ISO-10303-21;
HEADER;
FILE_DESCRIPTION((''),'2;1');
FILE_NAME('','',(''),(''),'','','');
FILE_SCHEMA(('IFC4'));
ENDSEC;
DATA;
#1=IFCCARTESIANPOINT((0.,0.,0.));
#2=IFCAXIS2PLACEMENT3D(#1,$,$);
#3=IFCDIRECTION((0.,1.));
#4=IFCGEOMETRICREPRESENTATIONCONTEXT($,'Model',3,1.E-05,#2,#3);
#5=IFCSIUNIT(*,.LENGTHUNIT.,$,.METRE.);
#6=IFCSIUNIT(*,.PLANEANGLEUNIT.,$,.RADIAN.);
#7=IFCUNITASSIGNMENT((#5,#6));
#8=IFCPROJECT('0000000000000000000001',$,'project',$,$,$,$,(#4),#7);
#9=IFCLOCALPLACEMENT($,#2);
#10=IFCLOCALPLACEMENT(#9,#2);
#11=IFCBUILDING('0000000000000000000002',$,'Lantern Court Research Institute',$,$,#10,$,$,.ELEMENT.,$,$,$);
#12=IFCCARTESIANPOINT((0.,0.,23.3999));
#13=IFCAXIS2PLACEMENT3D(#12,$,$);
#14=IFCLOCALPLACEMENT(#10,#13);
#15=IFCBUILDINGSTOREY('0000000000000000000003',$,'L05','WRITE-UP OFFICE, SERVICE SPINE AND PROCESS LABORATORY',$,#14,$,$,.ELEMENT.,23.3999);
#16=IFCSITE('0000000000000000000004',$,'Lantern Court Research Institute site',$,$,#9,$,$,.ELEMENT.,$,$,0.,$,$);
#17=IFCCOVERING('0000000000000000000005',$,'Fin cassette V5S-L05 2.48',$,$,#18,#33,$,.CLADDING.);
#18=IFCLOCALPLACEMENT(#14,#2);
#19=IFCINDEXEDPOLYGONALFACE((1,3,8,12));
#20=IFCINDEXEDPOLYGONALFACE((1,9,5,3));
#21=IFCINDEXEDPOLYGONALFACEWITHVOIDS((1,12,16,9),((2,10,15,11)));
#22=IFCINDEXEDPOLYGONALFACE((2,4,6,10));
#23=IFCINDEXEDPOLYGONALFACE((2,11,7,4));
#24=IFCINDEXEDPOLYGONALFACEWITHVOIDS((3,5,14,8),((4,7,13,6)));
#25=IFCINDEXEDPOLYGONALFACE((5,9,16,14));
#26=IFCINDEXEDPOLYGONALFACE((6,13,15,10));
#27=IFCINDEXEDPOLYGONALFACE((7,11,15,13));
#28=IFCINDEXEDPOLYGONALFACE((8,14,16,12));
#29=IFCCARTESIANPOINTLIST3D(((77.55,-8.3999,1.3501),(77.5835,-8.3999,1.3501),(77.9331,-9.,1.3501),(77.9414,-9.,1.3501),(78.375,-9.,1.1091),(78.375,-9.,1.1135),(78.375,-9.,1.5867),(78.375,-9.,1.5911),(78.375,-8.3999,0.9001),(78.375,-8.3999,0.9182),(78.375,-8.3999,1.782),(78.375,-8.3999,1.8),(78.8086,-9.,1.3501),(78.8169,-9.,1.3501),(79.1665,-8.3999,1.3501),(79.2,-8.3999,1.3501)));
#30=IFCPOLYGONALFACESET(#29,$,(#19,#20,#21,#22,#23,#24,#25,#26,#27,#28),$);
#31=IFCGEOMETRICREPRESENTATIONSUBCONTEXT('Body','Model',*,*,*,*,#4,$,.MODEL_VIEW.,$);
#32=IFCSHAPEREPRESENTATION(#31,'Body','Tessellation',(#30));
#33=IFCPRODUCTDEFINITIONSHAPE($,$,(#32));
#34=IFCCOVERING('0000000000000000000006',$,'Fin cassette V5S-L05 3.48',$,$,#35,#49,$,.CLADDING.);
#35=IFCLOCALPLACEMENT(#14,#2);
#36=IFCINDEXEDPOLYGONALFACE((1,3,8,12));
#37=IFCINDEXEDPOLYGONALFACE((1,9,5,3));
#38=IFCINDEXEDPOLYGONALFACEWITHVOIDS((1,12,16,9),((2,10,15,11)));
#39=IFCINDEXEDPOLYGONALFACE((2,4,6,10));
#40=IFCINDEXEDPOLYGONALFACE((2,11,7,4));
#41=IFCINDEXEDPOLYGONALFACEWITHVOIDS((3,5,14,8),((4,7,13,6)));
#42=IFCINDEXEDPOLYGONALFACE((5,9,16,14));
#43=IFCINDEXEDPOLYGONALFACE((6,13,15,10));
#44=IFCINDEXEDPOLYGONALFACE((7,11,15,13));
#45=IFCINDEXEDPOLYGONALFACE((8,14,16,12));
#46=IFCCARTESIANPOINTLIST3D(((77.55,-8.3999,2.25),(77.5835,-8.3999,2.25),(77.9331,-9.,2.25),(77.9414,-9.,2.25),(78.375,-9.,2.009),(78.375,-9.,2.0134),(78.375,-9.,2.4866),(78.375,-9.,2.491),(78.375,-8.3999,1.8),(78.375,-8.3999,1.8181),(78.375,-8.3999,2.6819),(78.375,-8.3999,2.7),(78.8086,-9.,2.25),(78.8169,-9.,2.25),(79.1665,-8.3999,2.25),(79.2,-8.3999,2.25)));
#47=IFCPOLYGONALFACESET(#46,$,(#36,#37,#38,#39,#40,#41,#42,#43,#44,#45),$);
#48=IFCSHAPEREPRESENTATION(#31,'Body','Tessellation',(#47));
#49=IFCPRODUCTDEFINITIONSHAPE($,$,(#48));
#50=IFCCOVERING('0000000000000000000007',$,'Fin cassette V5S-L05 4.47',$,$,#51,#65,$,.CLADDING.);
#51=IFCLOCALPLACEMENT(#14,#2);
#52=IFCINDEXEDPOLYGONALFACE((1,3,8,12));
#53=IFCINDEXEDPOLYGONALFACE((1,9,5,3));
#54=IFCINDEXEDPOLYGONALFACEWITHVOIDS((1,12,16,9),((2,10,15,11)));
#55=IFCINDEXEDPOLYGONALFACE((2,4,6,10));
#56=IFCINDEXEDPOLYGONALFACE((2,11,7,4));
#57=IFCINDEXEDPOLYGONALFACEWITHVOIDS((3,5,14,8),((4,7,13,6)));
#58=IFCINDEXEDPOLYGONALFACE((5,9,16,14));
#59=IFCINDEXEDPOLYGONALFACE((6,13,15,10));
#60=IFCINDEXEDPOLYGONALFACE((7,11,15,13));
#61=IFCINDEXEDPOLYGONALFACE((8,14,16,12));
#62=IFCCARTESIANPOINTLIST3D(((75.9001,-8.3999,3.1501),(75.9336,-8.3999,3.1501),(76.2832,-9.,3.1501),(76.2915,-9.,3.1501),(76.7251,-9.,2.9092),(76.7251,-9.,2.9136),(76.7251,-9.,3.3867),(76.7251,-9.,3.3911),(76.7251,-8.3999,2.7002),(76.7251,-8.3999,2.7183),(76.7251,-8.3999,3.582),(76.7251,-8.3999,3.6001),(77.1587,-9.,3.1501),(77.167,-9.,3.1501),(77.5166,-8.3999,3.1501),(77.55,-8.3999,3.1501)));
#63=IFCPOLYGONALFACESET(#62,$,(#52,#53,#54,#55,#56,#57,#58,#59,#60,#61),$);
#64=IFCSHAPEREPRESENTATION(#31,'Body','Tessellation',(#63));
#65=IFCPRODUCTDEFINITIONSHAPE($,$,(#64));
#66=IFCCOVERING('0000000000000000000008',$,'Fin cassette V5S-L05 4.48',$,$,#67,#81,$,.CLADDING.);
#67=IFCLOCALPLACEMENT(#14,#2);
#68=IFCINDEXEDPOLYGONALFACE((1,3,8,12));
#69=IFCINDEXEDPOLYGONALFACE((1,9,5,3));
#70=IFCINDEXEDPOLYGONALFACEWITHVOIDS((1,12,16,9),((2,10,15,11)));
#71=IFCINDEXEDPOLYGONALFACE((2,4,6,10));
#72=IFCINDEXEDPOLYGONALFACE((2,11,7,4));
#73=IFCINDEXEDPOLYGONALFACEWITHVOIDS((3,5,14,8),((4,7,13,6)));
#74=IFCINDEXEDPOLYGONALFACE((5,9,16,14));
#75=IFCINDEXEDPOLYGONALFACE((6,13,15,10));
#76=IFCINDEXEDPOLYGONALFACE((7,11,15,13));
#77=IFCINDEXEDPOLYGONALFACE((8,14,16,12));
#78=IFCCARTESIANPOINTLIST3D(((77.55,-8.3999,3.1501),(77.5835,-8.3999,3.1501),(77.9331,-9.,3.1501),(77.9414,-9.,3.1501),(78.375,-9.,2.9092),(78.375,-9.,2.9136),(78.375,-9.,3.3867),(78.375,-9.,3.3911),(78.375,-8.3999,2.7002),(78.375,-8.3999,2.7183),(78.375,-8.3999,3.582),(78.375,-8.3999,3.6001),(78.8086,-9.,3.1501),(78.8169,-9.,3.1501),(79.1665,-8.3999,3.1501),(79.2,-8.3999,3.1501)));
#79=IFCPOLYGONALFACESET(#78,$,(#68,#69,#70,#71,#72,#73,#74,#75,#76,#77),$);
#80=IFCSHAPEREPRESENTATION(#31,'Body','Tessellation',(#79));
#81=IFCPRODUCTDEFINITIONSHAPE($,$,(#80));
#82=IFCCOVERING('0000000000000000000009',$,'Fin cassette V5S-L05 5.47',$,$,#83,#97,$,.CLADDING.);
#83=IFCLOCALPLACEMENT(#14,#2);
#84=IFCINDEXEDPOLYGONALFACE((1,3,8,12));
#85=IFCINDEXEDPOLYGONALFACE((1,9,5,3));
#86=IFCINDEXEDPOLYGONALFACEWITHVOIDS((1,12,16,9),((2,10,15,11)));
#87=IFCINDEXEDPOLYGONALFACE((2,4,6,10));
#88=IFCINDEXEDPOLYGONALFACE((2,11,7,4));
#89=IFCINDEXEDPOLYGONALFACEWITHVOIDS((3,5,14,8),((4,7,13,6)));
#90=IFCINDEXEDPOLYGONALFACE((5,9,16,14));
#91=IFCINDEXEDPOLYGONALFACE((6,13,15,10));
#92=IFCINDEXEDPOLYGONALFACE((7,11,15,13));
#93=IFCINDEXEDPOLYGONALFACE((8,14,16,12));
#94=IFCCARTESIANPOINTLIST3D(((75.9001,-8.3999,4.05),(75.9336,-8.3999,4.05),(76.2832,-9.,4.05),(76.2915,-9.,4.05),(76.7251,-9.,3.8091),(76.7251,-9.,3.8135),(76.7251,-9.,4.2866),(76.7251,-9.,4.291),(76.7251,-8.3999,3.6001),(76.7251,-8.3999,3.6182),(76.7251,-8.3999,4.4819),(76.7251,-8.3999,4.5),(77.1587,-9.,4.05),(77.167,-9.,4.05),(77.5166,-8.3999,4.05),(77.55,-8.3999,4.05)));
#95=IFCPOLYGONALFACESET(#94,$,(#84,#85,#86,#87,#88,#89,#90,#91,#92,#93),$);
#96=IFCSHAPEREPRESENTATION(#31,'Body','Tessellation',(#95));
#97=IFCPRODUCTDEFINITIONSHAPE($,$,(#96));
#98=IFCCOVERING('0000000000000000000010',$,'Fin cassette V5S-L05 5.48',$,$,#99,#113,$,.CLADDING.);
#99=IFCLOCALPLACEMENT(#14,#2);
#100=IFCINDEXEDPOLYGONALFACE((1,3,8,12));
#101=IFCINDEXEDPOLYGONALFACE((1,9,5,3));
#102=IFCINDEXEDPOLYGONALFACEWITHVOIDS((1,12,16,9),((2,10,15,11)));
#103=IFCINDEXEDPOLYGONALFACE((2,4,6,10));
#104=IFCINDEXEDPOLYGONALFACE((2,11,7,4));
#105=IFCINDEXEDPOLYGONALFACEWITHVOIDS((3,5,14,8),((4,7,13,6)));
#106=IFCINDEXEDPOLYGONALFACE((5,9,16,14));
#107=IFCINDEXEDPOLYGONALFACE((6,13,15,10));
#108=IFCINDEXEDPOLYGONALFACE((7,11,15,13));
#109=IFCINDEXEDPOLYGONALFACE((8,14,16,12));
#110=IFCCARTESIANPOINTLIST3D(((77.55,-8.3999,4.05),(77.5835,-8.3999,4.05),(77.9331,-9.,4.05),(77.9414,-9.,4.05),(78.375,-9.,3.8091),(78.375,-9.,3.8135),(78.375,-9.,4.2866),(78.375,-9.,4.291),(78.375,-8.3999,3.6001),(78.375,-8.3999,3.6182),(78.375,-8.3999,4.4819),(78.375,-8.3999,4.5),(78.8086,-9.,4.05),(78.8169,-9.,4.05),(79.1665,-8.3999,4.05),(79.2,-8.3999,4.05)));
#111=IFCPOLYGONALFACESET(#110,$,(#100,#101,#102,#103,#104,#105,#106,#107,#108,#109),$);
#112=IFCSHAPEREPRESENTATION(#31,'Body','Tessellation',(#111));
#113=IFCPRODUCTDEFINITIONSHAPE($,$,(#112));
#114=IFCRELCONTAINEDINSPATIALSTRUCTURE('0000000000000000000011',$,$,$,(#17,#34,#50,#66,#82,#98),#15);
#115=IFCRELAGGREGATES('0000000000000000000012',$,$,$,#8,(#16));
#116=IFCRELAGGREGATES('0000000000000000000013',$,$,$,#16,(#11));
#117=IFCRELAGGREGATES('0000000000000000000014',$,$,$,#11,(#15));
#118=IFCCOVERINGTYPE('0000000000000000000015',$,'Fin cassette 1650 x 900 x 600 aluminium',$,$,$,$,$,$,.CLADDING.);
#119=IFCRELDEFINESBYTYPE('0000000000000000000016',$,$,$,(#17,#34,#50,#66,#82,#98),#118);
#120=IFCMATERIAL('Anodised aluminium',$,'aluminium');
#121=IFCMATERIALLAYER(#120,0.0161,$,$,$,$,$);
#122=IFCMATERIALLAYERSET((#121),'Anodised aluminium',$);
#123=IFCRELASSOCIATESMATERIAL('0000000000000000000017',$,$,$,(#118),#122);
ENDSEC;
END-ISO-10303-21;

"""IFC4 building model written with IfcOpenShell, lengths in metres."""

from ifc_helpers import new_model, entity, si_unit, direction, frame, origin, place, context, subcontext, project, spatial, material, layer, layer_set, type_object, element, save


model = new_model("IFC4")

# Units and contexts
model_context = context("Model", 3, precision=1e-05, world=origin(), true_north=direction((0.0, 1.0)))
body_context = subcontext(model_context, "Body", "Model", "MODEL_VIEW")
ifc_project = project(units=[si_unit("LENGTHUNIT", "METRE"), si_unit("PLANEANGLEUNIT", "RADIAN")], contexts=[model_context])

# Site, building, storey
site_placement = place(None, origin())
site = spatial("IfcSite", under=ifc_project, at=site_placement, Name="Lantern Court Research Institute site", CompositionType="ELEMENT", RefElevation=0.0)
building_placement = place(site_placement, origin())
building = spatial("IfcBuilding", under=site, at=building_placement, Name="Lantern Court Research Institute", CompositionType="ELEMENT")
storey_placement = place(building_placement, frame((0.0, 0.0, 23.3999)))
storey = spatial("IfcBuildingStorey", under=building, at=storey_placement, Name="L05", Description="WRITE-UP OFFICE, SERVICE SPINE AND PROCESS LABORATORY", CompositionType="ELEMENT", Elevation=23.3999)

# Coverings
ifc_material_1 = material(Name="Anodised aluminium", Category="aluminium")
ifc_layer_1 = layer(ifc_material_1, 0.0161)
ifc_layer_set_1 = layer_set([ifc_layer_1], Name="Anodised aluminium")
covering_type = type_object("IfcCoveringType", Name="Fin cassette 1650 x 900 x 600 aluminium", PredefinedType="CLADDING", material=ifc_layer_set_1)
covering_1_placement = place(storey_placement, frame((78.375, -8.3999, 1.3501), z_axis=(0.0, -1.0, 0.0), x_axis=(1.0, 0.0, 0.0)))
cartesian_point_1 = entity("IfcCartesianPoint", [0.825, 0.0])
cartesian_point_2 = entity("IfcCartesianPoint", [0.7915, 0.0])
cartesian_point_3 = entity("IfcCartesianPoint", [0.4419, 0.0])
cartesian_point_4 = entity("IfcCartesianPoint", [0.4336, 0.0])
element("IfcCovering", 1, at=covering_1_placement, inside=storey, type_object=covering_type, Name="Fin cassette V5S-L05 2.48", PredefinedType="CLADDING", context=body_context, shape_type="SweptSolid", body=[
    entity("IfcExtrudedAreaSolidTapered", entity("IfcArbitraryProfileDefWithVoids", "AREA", None, entity("IfcPolyline", [cartesian_point_1, entity("IfcCartesianPoint", [0.0, 0.45]), entity("IfcCartesianPoint", [-0.825, 0.0]), entity("IfcCartesianPoint", [0.0, -0.45]), cartesian_point_1]), [entity("IfcPolyline", [cartesian_point_2, entity("IfcCartesianPoint", [0.0, 0.4319]), entity("IfcCartesianPoint", [-0.7915, 0.0]), entity("IfcCartesianPoint", [0.0, -0.4319]), cartesian_point_2])]), entity("IfcAxis2Placement3D", entity("IfcCartesianPoint", [0.0, 0.0, 0.0])), entity("IfcDirection", [0.0, 0.0, 1.0]), 0.6001, entity("IfcArbitraryProfileDefWithVoids", "AREA", None, entity("IfcPolyline", [cartesian_point_3, entity("IfcCartesianPoint", [0.0, 0.241]), entity("IfcCartesianPoint", [-0.4419, 0.0]), entity("IfcCartesianPoint", [0.0, -0.241]), cartesian_point_3]), [entity("IfcPolyline", [cartesian_point_4, entity("IfcCartesianPoint", [0.0, 0.2366]), entity("IfcCartesianPoint", [-0.4336, 0.0]), entity("IfcCartesianPoint", [0.0, -0.2366]), cartesian_point_4])])),
])
covering_2_placement = place(storey_placement, frame((78.375, -8.3999, 2.25), z_axis=(0.0, -1.0, 0.0), x_axis=(1.0, 0.0, 0.0)))
cartesian_point_5 = entity("IfcCartesianPoint", [0.825, 0.0])
cartesian_point_6 = entity("IfcCartesianPoint", [0.7915, 0.0])
cartesian_point_7 = entity("IfcCartesianPoint", [0.4419, 0.0])
cartesian_point_8 = entity("IfcCartesianPoint", [0.4336, 0.0])
element("IfcCovering", 2, at=covering_2_placement, inside=storey, type_object=covering_type, Name="Fin cassette V5S-L05 3.48", PredefinedType="CLADDING", context=body_context, shape_type="SweptSolid", body=[
    entity("IfcExtrudedAreaSolidTapered", entity("IfcArbitraryProfileDefWithVoids", "AREA", None, entity("IfcPolyline", [cartesian_point_5, entity("IfcCartesianPoint", [0.0, 0.45]), entity("IfcCartesianPoint", [-0.825, 0.0]), entity("IfcCartesianPoint", [0.0, -0.45]), cartesian_point_5]), [entity("IfcPolyline", [cartesian_point_6, entity("IfcCartesianPoint", [0.0, 0.4319]), entity("IfcCartesianPoint", [-0.7915, 0.0]), entity("IfcCartesianPoint", [0.0, -0.4319]), cartesian_point_6])]), entity("IfcAxis2Placement3D", entity("IfcCartesianPoint", [0.0, 0.0, 0.0])), entity("IfcDirection", [0.0, 0.0, 1.0]), 0.6001, entity("IfcArbitraryProfileDefWithVoids", "AREA", None, entity("IfcPolyline", [cartesian_point_7, entity("IfcCartesianPoint", [0.0, 0.241]), entity("IfcCartesianPoint", [-0.4419, 0.0]), entity("IfcCartesianPoint", [0.0, -0.241]), cartesian_point_7]), [entity("IfcPolyline", [cartesian_point_8, entity("IfcCartesianPoint", [0.0, 0.2366]), entity("IfcCartesianPoint", [-0.4336, 0.0]), entity("IfcCartesianPoint", [0.0, -0.2366]), cartesian_point_8])])),
])
covering_3_placement = place(storey_placement, frame((76.7251, -8.3999, 3.1501), z_axis=(0.0, -1.0, 0.0), x_axis=(1.0, 0.0, 0.0)))
cartesian_point_9 = entity("IfcCartesianPoint", [0.825, 0.0])
cartesian_point_10 = entity("IfcCartesianPoint", [0.7915, 0.0])
cartesian_point_11 = entity("IfcCartesianPoint", [0.4419, 0.0])
cartesian_point_12 = entity("IfcCartesianPoint", [0.4336, 0.0])
element("IfcCovering", 3, at=covering_3_placement, inside=storey, type_object=covering_type, Name="Fin cassette V5S-L05 4.47", PredefinedType="CLADDING", context=body_context, shape_type="SweptSolid", body=[
    entity("IfcExtrudedAreaSolidTapered", entity("IfcArbitraryProfileDefWithVoids", "AREA", None, entity("IfcPolyline", [cartesian_point_9, entity("IfcCartesianPoint", [0.0, 0.45]), entity("IfcCartesianPoint", [-0.825, 0.0]), entity("IfcCartesianPoint", [0.0, -0.45]), cartesian_point_9]), [entity("IfcPolyline", [cartesian_point_10, entity("IfcCartesianPoint", [0.0, 0.4319]), entity("IfcCartesianPoint", [-0.7915, 0.0]), entity("IfcCartesianPoint", [0.0, -0.4319]), cartesian_point_10])]), entity("IfcAxis2Placement3D", entity("IfcCartesianPoint", [0.0, 0.0, 0.0])), entity("IfcDirection", [0.0, 0.0, 1.0]), 0.6001, entity("IfcArbitraryProfileDefWithVoids", "AREA", None, entity("IfcPolyline", [cartesian_point_11, entity("IfcCartesianPoint", [0.0, 0.241]), entity("IfcCartesianPoint", [-0.4419, 0.0]), entity("IfcCartesianPoint", [0.0, -0.241]), cartesian_point_11]), [entity("IfcPolyline", [cartesian_point_12, entity("IfcCartesianPoint", [0.0, 0.2366]), entity("IfcCartesianPoint", [-0.4336, 0.0]), entity("IfcCartesianPoint", [0.0, -0.2366]), cartesian_point_12])])),
])
covering_4_placement = place(storey_placement, frame((78.375, -8.3999, 3.1501), z_axis=(0.0, -1.0, 0.0), x_axis=(1.0, 0.0, 0.0)))
cartesian_point_13 = entity("IfcCartesianPoint", [0.825, 0.0])
cartesian_point_14 = entity("IfcCartesianPoint", [0.7915, 0.0])
cartesian_point_15 = entity("IfcCartesianPoint", [0.4419, 0.0])
cartesian_point_16 = entity("IfcCartesianPoint", [0.4336, 0.0])
element("IfcCovering", 4, at=covering_4_placement, inside=storey, type_object=covering_type, Name="Fin cassette V5S-L05 4.48", PredefinedType="CLADDING", context=body_context, shape_type="SweptSolid", body=[
    entity("IfcExtrudedAreaSolidTapered", entity("IfcArbitraryProfileDefWithVoids", "AREA", None, entity("IfcPolyline", [cartesian_point_13, entity("IfcCartesianPoint", [0.0, 0.45]), entity("IfcCartesianPoint", [-0.825, 0.0]), entity("IfcCartesianPoint", [0.0, -0.45]), cartesian_point_13]), [entity("IfcPolyline", [cartesian_point_14, entity("IfcCartesianPoint", [0.0, 0.4319]), entity("IfcCartesianPoint", [-0.7915, 0.0]), entity("IfcCartesianPoint", [0.0, -0.4319]), cartesian_point_14])]), entity("IfcAxis2Placement3D", entity("IfcCartesianPoint", [0.0, 0.0, 0.0])), entity("IfcDirection", [0.0, 0.0, 1.0]), 0.6001, entity("IfcArbitraryProfileDefWithVoids", "AREA", None, entity("IfcPolyline", [cartesian_point_15, entity("IfcCartesianPoint", [0.0, 0.241]), entity("IfcCartesianPoint", [-0.4419, 0.0]), entity("IfcCartesianPoint", [0.0, -0.241]), cartesian_point_15]), [entity("IfcPolyline", [cartesian_point_16, entity("IfcCartesianPoint", [0.0, 0.2366]), entity("IfcCartesianPoint", [-0.4336, 0.0]), entity("IfcCartesianPoint", [0.0, -0.2366]), cartesian_point_16])])),
])
covering_5_placement = place(storey_placement, frame((76.7251, -8.3999, 4.05), z_axis=(0.0, -1.0, 0.0), x_axis=(1.0, 0.0, 0.0)))
cartesian_point_17 = entity("IfcCartesianPoint", [0.825, 0.0])
cartesian_point_18 = entity("IfcCartesianPoint", [0.7915, 0.0])
cartesian_point_19 = entity("IfcCartesianPoint", [0.4419, 0.0])
cartesian_point_20 = entity("IfcCartesianPoint", [0.4336, 0.0])
element("IfcCovering", 5, at=covering_5_placement, inside=storey, type_object=covering_type, Name="Fin cassette V5S-L05 5.47", PredefinedType="CLADDING", context=body_context, shape_type="SweptSolid", body=[
    entity("IfcExtrudedAreaSolidTapered", entity("IfcArbitraryProfileDefWithVoids", "AREA", None, entity("IfcPolyline", [cartesian_point_17, entity("IfcCartesianPoint", [0.0, 0.45]), entity("IfcCartesianPoint", [-0.825, 0.0]), entity("IfcCartesianPoint", [0.0, -0.45]), cartesian_point_17]), [entity("IfcPolyline", [cartesian_point_18, entity("IfcCartesianPoint", [0.0, 0.4319]), entity("IfcCartesianPoint", [-0.7915, 0.0]), entity("IfcCartesianPoint", [0.0, -0.4319]), cartesian_point_18])]), entity("IfcAxis2Placement3D", entity("IfcCartesianPoint", [0.0, 0.0, 0.0])), entity("IfcDirection", [0.0, 0.0, 1.0]), 0.6001, entity("IfcArbitraryProfileDefWithVoids", "AREA", None, entity("IfcPolyline", [cartesian_point_19, entity("IfcCartesianPoint", [0.0, 0.241]), entity("IfcCartesianPoint", [-0.4419, 0.0]), entity("IfcCartesianPoint", [0.0, -0.241]), cartesian_point_19]), [entity("IfcPolyline", [cartesian_point_20, entity("IfcCartesianPoint", [0.0, 0.2366]), entity("IfcCartesianPoint", [-0.4336, 0.0]), entity("IfcCartesianPoint", [0.0, -0.2366]), cartesian_point_20])])),
])
covering_6_placement = place(storey_placement, frame((78.375, -8.3999, 4.05), z_axis=(0.0, -1.0, 0.0), x_axis=(1.0, 0.0, 0.0)))
cartesian_point_21 = entity("IfcCartesianPoint", [0.825, 0.0])
cartesian_point_22 = entity("IfcCartesianPoint", [0.7915, 0.0])
cartesian_point_23 = entity("IfcCartesianPoint", [0.4419, 0.0])
cartesian_point_24 = entity("IfcCartesianPoint", [0.4336, 0.0])
element("IfcCovering", 6, at=covering_6_placement, inside=storey, type_object=covering_type, Name="Fin cassette V5S-L05 5.48", PredefinedType="CLADDING", context=body_context, shape_type="SweptSolid", body=[
    entity("IfcExtrudedAreaSolidTapered", entity("IfcArbitraryProfileDefWithVoids", "AREA", None, entity("IfcPolyline", [cartesian_point_21, entity("IfcCartesianPoint", [0.0, 0.45]), entity("IfcCartesianPoint", [-0.825, 0.0]), entity("IfcCartesianPoint", [0.0, -0.45]), cartesian_point_21]), [entity("IfcPolyline", [cartesian_point_22, entity("IfcCartesianPoint", [0.0, 0.4319]), entity("IfcCartesianPoint", [-0.7915, 0.0]), entity("IfcCartesianPoint", [0.0, -0.4319]), cartesian_point_22])]), entity("IfcAxis2Placement3D", entity("IfcCartesianPoint", [0.0, 0.0, 0.0])), entity("IfcDirection", [0.0, 0.0, 1.0]), 0.6001, entity("IfcArbitraryProfileDefWithVoids", "AREA", None, entity("IfcPolyline", [cartesian_point_23, entity("IfcCartesianPoint", [0.0, 0.241]), entity("IfcCartesianPoint", [-0.4419, 0.0]), entity("IfcCartesianPoint", [0.0, -0.241]), cartesian_point_23]), [entity("IfcPolyline", [cartesian_point_24, entity("IfcCartesianPoint", [0.0, 0.2366]), entity("IfcCartesianPoint", [-0.4336, 0.0]), entity("IfcCartesianPoint", [0.0, -0.2366]), cartesian_point_24])])),
])

save(model, "model.ifc")
